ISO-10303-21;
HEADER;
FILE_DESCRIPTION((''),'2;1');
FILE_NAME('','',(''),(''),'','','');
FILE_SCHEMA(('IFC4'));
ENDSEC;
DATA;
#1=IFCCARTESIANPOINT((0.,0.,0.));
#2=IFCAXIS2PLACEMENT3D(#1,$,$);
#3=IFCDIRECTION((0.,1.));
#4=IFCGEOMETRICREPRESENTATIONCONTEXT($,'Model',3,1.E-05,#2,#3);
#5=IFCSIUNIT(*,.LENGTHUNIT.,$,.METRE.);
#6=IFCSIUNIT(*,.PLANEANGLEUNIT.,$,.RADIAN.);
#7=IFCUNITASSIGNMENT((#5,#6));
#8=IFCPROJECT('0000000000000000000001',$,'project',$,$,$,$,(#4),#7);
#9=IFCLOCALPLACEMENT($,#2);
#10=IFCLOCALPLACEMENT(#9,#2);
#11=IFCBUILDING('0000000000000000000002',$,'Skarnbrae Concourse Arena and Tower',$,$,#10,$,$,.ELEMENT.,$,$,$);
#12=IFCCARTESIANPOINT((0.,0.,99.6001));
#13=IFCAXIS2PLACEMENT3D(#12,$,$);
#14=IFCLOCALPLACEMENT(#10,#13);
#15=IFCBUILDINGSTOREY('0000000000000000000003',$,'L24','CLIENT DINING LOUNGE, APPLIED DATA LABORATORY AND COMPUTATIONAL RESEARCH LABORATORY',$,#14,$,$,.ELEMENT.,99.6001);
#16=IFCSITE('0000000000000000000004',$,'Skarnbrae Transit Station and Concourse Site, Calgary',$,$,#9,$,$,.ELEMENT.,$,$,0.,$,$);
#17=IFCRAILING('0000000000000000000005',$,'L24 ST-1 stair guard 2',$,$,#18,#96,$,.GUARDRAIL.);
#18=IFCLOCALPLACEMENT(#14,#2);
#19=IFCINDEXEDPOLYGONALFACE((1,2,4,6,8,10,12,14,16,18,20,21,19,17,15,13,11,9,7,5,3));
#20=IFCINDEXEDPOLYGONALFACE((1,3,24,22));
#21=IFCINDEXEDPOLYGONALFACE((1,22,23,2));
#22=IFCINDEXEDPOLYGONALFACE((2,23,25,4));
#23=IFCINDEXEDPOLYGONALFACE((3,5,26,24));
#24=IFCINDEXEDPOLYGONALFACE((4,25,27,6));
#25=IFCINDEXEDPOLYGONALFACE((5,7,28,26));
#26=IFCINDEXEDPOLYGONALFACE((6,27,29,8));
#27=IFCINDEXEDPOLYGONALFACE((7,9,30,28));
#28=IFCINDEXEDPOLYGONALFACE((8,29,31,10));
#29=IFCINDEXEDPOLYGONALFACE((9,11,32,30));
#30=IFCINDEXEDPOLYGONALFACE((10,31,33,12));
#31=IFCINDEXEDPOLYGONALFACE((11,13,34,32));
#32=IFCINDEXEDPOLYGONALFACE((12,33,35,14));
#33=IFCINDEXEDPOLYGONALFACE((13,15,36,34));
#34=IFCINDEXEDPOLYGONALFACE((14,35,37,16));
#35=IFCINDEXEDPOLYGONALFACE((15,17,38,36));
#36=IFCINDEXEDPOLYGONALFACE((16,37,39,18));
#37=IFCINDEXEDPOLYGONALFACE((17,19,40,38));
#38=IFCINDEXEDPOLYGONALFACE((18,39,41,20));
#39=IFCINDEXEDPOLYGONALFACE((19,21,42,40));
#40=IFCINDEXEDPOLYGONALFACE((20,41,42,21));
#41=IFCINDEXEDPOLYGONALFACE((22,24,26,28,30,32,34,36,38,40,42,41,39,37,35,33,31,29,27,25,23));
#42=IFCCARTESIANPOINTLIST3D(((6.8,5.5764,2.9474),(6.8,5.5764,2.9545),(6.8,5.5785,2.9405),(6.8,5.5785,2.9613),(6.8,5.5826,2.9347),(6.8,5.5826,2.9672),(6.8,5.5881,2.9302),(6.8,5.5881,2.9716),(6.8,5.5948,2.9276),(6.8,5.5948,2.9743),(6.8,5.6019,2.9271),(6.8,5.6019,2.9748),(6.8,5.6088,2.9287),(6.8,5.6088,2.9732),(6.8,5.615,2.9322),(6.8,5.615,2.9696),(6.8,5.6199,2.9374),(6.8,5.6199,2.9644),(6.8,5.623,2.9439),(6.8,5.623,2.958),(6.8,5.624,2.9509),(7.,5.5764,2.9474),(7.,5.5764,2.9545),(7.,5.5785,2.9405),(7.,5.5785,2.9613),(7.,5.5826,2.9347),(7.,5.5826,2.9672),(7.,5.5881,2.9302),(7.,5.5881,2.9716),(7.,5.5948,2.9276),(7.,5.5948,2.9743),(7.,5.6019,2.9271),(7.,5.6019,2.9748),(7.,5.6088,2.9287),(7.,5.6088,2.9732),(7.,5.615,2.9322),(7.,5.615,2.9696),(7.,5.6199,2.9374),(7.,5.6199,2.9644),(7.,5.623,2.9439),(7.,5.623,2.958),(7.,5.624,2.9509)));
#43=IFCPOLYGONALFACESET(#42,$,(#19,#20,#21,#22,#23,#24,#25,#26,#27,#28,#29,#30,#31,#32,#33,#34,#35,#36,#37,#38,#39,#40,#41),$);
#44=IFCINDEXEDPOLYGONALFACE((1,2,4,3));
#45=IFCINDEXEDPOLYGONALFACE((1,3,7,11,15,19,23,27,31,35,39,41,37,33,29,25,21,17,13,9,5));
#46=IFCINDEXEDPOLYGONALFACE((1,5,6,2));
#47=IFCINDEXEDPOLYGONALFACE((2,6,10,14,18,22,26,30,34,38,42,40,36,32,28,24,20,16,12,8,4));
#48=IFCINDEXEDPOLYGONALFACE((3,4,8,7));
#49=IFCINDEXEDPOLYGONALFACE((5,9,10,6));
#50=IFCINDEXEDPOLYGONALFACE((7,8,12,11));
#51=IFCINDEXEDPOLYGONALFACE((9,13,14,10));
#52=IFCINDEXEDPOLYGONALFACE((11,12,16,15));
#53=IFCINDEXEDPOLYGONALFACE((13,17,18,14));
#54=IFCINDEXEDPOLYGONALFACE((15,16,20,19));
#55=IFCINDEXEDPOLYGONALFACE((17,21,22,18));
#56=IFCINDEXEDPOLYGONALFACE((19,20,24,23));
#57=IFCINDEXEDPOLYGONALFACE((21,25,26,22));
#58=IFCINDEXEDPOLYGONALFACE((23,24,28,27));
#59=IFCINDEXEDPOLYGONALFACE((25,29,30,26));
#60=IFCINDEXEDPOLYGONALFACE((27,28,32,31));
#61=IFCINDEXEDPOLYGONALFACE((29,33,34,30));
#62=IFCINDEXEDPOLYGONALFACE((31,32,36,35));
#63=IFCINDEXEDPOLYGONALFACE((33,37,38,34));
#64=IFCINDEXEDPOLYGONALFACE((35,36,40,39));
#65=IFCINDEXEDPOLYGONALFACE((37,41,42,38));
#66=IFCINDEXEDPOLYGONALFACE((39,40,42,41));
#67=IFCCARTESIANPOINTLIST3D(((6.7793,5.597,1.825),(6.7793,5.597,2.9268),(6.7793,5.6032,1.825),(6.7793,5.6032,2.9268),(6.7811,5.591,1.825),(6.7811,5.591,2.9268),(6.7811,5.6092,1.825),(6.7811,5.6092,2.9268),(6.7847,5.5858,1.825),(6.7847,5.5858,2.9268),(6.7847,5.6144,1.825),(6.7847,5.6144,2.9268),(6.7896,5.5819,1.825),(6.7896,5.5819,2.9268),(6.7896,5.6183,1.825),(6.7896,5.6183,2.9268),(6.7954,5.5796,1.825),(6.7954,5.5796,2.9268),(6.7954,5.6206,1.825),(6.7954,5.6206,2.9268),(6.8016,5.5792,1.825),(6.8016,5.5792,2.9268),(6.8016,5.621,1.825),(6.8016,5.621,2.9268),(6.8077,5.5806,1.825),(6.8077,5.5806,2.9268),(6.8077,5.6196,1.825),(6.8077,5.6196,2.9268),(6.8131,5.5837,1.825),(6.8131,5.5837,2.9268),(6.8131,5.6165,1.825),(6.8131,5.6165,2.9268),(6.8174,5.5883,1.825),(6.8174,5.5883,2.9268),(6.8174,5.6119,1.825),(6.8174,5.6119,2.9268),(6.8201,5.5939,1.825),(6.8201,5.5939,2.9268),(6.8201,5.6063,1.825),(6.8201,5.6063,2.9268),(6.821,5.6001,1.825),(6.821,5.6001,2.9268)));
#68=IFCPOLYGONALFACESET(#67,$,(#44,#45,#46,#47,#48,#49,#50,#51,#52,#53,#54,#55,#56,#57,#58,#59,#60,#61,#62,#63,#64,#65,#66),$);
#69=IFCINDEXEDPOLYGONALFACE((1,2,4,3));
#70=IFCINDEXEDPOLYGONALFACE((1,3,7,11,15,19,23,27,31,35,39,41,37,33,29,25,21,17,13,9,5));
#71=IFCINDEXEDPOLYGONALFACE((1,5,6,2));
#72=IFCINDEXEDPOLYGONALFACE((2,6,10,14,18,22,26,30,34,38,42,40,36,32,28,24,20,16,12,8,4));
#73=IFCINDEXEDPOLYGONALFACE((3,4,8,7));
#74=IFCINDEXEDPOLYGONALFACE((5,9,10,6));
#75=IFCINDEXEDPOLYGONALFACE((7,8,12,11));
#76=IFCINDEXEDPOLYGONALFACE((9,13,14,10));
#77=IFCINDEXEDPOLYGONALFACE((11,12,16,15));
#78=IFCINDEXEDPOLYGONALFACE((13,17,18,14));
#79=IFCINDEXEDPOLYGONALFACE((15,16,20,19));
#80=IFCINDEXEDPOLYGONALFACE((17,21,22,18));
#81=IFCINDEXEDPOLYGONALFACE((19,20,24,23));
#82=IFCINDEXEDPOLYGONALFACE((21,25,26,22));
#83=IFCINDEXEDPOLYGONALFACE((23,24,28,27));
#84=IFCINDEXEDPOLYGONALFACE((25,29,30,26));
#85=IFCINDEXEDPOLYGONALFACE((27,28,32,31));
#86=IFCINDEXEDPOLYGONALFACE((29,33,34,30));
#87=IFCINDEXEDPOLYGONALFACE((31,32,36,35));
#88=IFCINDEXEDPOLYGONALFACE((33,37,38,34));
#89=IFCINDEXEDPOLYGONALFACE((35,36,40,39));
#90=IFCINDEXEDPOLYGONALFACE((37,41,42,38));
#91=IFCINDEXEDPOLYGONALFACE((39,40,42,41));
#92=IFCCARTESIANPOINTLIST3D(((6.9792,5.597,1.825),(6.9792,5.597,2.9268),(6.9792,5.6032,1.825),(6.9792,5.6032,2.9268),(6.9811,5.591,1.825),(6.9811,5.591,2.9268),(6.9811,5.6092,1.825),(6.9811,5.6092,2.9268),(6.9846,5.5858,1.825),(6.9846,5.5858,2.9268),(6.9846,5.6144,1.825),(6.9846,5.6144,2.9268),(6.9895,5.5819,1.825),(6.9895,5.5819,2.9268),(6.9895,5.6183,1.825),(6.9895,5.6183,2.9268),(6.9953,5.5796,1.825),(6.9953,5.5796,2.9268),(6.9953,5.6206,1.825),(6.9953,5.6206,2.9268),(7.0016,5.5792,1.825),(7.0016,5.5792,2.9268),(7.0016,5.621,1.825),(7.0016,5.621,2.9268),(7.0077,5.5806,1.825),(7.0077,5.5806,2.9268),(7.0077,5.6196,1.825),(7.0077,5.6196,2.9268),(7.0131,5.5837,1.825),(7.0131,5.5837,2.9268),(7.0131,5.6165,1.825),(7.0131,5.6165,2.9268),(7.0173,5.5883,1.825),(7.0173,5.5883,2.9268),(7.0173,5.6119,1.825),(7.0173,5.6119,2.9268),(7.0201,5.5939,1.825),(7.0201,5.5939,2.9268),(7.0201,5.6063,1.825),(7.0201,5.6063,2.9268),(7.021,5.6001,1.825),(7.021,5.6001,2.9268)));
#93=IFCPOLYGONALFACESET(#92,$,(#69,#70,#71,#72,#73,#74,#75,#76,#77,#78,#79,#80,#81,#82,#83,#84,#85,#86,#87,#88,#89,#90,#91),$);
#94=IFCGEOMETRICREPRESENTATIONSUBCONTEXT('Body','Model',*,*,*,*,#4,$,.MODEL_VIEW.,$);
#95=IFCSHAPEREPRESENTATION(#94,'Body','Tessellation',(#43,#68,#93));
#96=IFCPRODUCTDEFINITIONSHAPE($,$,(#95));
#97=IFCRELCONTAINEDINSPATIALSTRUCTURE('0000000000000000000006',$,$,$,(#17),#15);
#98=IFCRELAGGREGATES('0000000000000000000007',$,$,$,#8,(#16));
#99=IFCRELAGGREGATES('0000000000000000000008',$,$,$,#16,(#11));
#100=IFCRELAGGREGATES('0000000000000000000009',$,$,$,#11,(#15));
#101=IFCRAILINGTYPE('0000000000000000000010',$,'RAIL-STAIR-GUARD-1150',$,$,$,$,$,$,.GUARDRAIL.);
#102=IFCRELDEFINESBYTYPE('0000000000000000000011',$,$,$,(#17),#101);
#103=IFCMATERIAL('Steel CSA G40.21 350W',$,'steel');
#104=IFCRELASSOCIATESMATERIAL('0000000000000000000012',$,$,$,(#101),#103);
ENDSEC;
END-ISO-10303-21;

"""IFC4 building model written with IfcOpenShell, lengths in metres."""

from ifc_helpers import new_model, si_unit, direction, frame, origin, origin_2d, place, context, subcontext, project, spatial, circle, extrude, material, type_object, element, save


model = new_model("IFC4")

# Units and contexts
model_context = context("Model", 3, precision=1e-05, world=origin(), true_north=direction((0.0, 1.0)))
body_context = subcontext(model_context, "Body", "Model", "MODEL_VIEW")
ifc_project = project(units=[si_unit("LENGTHUNIT", "METRE"), si_unit("PLANEANGLEUNIT", "RADIAN")], contexts=[model_context])

# Site, building, storey
site_placement = place(None, origin())
site = spatial("IfcSite", under=ifc_project, at=site_placement, Name="Skarnbrae Transit Station and Concourse Site, Calgary", CompositionType="ELEMENT", RefElevation=0.0)
building_placement = place(site_placement, origin())
building = spatial("IfcBuilding", under=site, at=building_placement, Name="Skarnbrae Concourse Arena and Tower", CompositionType="ELEMENT")
storey_placement = place(building_placement, frame((0.0, 0.0, 99.6001)))
storey = spatial("IfcBuildingStorey", under=building, at=storey_placement, Name="L24", Description="CLIENT DINING LOUNGE, APPLIED DATA LABORATORY AND COMPUTATIONAL RESEARCH LABORATORY", CompositionType="ELEMENT", Elevation=99.6001)

# Shared definitions
ifc_material_1 = material(Name="Steel CSA G40.21 350W", Category="steel")

# Railing
railing_type_1 = type_object("IfcRailingType", Name="RAIL-STAIR-GUARD-1150", PredefinedType="GUARDRAIL", material=ifc_material_1)
railing_1_placement = place(storey_placement, frame((6.8, 5.6001, 1.825)))
element("IfcRailing", 1, at=railing_1_placement, inside=storey, type_object=railing_type_1, Name="L24 ST-1 stair guard 2", PredefinedType="GUARDRAIL", context=body_context, shape_type="SweptSolid", body=[
    extrude(circle(Radius=0.0239, at=origin_2d()), frame((0.0, 0.0, 1.126), z_axis=(1.0, 0.0, 0.0), x_axis=(0.0, 1.0, 0.0)), (0.0, 0.0, 1.0), 0.2),
    extrude(circle(Radius=0.021, at=origin_2d()), origin(), (0.0, 0.0, 1.0), 1.1018),
    extrude(circle(Radius=0.021, at=origin_2d()), frame((0.2, 0.0, 0.0)), (0.0, 0.0, 1.0), 1.1018),
])

save(model, "model.ifc")
